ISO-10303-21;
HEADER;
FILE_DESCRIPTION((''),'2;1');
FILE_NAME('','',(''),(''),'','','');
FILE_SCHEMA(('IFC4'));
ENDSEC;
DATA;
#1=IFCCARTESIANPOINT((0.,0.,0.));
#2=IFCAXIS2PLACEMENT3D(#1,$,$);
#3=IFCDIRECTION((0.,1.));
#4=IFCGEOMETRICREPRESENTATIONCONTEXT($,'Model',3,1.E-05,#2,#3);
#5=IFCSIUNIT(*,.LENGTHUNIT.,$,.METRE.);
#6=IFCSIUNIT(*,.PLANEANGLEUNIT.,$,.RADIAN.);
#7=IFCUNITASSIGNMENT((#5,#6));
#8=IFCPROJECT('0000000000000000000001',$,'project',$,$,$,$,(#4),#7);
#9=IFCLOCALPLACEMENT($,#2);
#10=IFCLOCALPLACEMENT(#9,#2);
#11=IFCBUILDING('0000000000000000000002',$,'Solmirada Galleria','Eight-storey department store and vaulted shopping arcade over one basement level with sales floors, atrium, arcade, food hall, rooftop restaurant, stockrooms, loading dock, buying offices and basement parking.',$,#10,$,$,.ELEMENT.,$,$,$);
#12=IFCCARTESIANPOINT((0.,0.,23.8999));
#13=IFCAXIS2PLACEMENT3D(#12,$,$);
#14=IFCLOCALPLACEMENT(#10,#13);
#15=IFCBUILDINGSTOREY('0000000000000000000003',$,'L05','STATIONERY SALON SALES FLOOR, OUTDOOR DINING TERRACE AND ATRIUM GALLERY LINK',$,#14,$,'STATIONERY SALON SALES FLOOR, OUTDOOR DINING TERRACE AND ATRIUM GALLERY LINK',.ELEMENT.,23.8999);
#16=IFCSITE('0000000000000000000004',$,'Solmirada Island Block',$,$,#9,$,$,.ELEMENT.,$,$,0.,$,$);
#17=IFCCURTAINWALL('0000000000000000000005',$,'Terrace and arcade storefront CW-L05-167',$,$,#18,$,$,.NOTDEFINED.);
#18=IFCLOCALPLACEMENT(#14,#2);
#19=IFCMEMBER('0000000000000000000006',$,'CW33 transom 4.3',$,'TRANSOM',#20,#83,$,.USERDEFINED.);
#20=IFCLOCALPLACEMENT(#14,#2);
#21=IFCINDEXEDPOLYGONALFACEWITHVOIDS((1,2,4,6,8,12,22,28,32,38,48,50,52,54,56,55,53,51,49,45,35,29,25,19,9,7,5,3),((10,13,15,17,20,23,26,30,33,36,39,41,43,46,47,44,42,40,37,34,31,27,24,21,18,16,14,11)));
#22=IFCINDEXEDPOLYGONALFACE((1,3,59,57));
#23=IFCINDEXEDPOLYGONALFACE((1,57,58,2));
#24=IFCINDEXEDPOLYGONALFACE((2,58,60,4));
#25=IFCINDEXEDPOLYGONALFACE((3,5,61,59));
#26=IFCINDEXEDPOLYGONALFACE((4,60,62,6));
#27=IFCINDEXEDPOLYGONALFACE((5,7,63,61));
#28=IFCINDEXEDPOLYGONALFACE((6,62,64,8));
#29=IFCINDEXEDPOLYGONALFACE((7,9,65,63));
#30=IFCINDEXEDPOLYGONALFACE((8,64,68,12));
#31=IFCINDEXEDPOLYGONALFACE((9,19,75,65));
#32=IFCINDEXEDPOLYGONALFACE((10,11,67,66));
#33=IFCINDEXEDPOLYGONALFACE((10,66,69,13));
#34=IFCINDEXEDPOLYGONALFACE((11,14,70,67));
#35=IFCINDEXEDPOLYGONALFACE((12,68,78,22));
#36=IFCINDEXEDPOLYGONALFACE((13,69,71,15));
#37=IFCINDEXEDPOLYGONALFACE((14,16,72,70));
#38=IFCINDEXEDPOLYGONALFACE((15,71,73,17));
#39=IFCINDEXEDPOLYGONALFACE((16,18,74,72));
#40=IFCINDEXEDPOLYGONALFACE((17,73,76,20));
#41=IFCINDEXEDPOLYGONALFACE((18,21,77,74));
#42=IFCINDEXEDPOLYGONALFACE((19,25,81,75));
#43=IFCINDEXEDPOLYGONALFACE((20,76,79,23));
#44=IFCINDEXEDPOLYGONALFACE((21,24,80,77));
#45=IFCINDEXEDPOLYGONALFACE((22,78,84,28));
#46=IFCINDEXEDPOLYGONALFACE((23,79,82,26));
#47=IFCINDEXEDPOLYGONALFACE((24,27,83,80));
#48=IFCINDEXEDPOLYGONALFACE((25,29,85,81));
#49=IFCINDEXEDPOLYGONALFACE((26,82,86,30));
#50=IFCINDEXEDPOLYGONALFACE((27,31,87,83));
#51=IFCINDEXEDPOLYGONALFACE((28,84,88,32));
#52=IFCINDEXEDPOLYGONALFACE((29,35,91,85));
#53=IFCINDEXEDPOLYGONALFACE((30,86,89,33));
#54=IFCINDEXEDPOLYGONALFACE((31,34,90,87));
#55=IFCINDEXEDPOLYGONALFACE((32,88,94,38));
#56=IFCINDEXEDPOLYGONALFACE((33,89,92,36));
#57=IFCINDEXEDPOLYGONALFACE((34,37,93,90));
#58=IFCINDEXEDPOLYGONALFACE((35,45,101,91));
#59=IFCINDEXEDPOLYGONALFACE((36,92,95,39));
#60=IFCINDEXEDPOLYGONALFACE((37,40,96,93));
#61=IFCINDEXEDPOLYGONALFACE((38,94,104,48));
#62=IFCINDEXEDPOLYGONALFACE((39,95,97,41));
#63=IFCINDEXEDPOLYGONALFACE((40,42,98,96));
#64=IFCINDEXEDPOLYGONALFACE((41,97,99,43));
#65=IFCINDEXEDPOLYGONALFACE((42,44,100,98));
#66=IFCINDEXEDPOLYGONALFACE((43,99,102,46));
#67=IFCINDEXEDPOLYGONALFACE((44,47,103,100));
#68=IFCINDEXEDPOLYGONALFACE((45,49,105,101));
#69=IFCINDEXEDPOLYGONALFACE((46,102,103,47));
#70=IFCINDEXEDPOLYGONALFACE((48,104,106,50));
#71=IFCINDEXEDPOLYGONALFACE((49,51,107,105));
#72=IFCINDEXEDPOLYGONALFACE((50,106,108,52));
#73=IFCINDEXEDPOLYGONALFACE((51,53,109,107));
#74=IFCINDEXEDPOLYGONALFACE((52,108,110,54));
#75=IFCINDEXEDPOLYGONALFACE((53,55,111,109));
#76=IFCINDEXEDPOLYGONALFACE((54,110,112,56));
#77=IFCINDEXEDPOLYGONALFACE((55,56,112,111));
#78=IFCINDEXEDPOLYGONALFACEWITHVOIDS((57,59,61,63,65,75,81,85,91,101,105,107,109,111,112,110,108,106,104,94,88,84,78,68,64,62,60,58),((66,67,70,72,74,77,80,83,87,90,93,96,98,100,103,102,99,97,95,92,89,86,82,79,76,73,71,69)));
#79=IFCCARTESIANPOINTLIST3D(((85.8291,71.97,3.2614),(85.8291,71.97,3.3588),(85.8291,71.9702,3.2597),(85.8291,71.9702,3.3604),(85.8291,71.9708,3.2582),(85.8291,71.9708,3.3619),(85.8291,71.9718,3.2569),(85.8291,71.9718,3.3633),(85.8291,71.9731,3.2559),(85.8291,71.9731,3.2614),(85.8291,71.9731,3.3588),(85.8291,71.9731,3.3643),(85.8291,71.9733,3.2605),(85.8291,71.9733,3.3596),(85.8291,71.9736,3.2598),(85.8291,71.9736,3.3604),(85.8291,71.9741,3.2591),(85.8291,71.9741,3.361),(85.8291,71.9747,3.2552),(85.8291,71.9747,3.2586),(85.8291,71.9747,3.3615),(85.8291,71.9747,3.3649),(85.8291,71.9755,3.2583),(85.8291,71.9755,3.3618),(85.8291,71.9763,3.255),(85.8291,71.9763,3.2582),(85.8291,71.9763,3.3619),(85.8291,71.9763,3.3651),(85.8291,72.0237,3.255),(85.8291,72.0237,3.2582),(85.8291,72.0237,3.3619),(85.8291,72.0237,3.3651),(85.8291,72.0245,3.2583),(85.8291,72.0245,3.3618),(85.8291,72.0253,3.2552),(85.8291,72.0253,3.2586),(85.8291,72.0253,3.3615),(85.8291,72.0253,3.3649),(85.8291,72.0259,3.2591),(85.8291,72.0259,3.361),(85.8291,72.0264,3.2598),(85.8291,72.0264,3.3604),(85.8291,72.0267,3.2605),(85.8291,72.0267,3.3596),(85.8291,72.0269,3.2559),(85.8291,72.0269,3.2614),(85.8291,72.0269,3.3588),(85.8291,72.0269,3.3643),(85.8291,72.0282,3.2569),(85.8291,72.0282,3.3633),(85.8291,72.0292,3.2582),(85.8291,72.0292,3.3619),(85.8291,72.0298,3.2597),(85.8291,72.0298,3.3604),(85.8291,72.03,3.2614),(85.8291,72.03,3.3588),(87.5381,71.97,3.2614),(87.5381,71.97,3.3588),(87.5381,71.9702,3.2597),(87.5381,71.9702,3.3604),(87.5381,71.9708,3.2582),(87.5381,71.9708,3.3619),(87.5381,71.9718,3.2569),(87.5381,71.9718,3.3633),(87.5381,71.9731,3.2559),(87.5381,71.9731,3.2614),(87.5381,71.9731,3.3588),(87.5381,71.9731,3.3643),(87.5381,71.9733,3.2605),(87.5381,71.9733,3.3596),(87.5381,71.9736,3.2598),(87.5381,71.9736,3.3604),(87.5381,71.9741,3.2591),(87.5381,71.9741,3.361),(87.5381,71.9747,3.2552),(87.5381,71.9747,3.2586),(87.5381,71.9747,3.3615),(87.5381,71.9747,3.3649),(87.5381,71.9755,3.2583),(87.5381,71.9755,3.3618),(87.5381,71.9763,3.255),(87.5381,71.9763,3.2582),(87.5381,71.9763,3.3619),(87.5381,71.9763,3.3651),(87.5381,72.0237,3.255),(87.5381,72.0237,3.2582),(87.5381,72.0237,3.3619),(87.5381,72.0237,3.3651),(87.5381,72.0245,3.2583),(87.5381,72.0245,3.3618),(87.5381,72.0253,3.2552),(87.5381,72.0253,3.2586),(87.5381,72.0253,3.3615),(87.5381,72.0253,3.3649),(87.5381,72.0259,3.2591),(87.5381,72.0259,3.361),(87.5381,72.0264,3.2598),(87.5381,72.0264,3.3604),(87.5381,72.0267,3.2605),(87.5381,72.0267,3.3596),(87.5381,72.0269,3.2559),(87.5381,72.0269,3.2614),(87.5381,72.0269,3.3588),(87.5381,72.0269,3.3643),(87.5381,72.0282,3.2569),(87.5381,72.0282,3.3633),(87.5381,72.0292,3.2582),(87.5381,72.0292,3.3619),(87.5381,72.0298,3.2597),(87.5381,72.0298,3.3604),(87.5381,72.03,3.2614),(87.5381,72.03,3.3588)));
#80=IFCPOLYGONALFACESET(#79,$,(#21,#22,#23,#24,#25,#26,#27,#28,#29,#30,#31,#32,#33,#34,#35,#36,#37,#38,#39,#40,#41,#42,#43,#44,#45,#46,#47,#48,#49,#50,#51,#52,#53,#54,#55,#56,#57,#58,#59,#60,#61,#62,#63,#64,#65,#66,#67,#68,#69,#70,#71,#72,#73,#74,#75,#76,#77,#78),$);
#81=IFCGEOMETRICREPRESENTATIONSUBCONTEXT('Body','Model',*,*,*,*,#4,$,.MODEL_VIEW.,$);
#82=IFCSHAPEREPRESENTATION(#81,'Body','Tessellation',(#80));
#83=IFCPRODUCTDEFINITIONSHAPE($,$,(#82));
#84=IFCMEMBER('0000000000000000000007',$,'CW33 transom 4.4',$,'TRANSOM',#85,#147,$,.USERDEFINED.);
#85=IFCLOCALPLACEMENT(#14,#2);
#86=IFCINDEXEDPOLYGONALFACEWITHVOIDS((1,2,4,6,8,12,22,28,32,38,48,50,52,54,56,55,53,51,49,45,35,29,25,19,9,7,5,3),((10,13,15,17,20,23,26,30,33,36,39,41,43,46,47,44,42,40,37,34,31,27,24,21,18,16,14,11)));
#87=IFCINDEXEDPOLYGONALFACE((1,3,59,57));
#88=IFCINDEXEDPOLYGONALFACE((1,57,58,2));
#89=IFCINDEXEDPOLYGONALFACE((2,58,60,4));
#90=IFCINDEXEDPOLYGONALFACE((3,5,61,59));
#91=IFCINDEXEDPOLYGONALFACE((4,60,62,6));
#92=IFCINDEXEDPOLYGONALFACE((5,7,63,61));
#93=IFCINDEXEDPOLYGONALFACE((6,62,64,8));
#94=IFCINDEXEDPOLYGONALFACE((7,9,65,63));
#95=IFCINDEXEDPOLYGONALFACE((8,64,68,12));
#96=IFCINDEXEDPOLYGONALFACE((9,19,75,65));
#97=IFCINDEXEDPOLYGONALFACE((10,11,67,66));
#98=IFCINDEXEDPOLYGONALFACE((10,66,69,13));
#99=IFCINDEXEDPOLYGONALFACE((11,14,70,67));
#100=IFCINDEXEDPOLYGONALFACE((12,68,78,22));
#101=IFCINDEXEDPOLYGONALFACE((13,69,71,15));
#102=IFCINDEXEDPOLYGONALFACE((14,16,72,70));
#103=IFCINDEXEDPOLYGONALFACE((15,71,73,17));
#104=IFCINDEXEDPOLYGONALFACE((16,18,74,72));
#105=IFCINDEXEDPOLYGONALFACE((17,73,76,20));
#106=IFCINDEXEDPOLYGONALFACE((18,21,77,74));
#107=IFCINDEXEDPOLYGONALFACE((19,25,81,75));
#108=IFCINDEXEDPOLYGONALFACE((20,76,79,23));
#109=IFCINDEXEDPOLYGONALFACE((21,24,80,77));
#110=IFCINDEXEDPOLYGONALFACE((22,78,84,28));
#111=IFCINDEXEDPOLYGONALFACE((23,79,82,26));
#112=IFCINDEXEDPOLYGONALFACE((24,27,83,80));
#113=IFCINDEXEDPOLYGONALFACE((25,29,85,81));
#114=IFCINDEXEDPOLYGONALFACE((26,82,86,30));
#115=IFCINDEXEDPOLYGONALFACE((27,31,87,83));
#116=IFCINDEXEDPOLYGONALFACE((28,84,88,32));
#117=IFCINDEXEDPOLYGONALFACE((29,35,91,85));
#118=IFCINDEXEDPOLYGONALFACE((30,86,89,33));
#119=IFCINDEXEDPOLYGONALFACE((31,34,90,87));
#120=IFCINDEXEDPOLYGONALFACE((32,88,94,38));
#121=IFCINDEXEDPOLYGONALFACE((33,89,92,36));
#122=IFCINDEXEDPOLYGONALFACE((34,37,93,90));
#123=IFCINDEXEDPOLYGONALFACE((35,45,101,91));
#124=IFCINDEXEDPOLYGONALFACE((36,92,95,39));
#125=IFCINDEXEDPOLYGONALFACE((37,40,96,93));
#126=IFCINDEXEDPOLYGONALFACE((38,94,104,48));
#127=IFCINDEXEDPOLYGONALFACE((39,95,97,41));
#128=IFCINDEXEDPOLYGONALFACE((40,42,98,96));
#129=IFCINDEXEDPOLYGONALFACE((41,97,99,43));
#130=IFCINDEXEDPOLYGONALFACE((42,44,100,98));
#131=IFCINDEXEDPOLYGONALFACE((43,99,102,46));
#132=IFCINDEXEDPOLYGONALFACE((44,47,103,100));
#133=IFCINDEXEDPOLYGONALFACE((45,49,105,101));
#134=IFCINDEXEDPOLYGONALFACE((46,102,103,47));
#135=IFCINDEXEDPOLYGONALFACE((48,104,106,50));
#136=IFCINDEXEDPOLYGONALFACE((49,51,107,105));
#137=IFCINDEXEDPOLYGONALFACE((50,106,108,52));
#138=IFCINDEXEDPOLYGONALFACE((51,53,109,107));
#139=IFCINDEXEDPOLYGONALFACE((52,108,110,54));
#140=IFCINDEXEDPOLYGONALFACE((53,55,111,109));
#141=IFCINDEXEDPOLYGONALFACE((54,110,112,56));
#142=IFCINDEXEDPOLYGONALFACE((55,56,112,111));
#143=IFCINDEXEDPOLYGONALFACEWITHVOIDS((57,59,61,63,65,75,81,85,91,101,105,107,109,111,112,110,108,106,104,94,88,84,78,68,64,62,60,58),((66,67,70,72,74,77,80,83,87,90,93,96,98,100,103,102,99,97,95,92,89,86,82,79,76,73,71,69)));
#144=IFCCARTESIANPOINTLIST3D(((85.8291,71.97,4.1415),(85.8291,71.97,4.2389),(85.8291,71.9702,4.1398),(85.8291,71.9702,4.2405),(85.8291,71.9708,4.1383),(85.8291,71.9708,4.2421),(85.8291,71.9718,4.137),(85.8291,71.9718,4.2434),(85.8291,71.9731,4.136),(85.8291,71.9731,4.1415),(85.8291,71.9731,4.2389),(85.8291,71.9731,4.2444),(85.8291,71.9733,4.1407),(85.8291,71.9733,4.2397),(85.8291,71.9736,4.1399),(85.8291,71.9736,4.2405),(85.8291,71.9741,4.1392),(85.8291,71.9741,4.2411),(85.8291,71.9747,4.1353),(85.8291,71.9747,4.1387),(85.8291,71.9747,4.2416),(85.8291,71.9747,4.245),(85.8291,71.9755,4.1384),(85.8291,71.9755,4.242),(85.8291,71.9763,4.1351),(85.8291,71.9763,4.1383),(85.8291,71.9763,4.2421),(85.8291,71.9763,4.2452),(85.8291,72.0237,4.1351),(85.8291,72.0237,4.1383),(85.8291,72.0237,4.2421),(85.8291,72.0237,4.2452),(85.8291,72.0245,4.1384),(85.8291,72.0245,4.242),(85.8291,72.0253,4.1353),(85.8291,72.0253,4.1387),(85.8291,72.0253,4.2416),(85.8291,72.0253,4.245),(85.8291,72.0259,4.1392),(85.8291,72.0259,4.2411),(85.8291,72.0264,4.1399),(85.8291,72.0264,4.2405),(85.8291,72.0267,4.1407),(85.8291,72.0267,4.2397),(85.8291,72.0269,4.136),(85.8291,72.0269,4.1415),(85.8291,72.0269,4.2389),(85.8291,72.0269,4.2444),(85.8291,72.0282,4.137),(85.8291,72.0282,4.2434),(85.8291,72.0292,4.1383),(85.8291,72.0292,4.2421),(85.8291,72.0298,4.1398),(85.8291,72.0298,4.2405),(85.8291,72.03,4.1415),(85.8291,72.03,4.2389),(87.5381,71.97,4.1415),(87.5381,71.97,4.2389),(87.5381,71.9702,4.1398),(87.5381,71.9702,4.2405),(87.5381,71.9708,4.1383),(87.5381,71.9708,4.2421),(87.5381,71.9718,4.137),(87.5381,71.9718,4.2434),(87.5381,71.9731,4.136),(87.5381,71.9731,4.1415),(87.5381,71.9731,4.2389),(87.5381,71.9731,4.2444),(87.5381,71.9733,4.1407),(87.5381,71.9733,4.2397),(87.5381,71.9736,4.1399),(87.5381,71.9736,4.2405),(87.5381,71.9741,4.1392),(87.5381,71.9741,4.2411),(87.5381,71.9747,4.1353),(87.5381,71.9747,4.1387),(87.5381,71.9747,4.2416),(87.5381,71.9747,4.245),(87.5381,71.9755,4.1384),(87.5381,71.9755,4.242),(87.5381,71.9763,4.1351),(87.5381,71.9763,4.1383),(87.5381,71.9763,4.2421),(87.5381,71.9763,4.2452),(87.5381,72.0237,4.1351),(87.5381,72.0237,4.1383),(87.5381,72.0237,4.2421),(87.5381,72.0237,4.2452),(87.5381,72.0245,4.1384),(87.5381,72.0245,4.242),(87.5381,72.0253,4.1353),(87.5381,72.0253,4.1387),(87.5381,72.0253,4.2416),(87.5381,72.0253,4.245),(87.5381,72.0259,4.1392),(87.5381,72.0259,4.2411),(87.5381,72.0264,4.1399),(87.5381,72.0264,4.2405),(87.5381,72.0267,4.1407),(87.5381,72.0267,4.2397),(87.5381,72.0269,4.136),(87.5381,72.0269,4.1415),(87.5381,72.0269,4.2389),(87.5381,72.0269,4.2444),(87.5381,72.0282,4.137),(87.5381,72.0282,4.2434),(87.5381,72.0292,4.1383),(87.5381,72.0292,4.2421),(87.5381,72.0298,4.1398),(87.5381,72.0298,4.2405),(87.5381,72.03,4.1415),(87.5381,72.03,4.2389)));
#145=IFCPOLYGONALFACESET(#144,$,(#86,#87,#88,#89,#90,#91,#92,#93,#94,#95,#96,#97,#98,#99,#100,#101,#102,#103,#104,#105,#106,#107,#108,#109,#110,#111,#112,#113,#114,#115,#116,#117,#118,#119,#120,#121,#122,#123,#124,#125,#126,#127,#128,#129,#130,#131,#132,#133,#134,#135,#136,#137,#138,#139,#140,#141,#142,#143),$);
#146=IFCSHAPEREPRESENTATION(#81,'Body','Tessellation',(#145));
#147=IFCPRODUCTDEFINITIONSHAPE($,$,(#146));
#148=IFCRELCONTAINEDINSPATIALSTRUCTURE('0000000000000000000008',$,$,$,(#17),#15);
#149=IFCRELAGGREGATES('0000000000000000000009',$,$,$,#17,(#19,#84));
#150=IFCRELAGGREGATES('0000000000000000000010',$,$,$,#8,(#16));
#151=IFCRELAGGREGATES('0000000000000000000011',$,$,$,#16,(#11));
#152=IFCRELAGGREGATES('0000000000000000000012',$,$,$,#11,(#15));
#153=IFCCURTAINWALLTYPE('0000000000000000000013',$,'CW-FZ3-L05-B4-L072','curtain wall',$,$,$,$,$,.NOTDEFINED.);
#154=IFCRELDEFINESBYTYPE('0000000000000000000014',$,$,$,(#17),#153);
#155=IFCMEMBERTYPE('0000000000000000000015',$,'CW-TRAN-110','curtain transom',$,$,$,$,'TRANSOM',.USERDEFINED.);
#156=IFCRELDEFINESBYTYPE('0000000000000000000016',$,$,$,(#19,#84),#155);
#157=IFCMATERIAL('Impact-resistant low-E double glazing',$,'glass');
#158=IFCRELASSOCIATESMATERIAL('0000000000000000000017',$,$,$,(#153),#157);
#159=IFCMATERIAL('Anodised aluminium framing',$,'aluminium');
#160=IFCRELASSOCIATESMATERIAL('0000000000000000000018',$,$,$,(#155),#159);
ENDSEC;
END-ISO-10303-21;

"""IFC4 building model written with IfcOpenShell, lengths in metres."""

from ifc_helpers import new_model, si_unit, direction, frame, origin, origin_2d, place, context, subcontext, project, spatial, hollow_rectangle, extrude, material, material_profile, profile_set, type_object, element, aggregate, save


model = new_model("IFC4")

# Units and contexts
model_context = context("Model", 3, precision=1e-05, world=origin(), true_north=direction((0.0, 1.0)))
body_context = subcontext(model_context, "Body", "Model", "MODEL_VIEW")
ifc_project = project(units=[si_unit("LENGTHUNIT", "METRE"), si_unit("PLANEANGLEUNIT", "RADIAN")], contexts=[model_context])

# Site, building, storey
site_placement = place(None, origin())
site = spatial("IfcSite", under=ifc_project, at=site_placement, Name="Solmirada Island Block", CompositionType="ELEMENT", RefElevation=0.0)
building_placement = place(site_placement, origin())
building = spatial("IfcBuilding", under=site, at=building_placement, Name="Solmirada Galleria", Description="Eight-storey department store and vaulted shopping arcade over one basement level with sales floors, atrium, arcade, food hall, rooftop restaurant, stockrooms, loading dock, buying offices and basement parking.", CompositionType="ELEMENT")
storey_placement = place(building_placement, frame((0.0, 0.0, 23.8999)))
storey = spatial("IfcBuildingStorey", under=building, at=storey_placement, Name="L05", Description="STATIONERY SALON SALES FLOOR, OUTDOOR DINING TERRACE AND ATRIUM GALLERY LINK", LongName="STATIONERY SALON SALES FLOOR, OUTDOOR DINING TERRACE AND ATRIUM GALLERY LINK", CompositionType="ELEMENT", Elevation=23.8999)

# Curtain wall
ifc_material_1 = material(Name="Impact-resistant low-E double glazing", Category="glass")
curtain_wall_type_1 = type_object("IfcCurtainWallType", Name="CW-FZ3-L05-B4-L072", Description="curtain wall", PredefinedType="NOTDEFINED", material=ifc_material_1)
curtain_wall_1_placement = place(storey_placement, origin())
curtain_wall_1 = element("IfcCurtainWall", 1, at=curtain_wall_1_placement, inside=storey, type_object=curtain_wall_type_1, Name="Terrace and arcade storefront CW-L05-167", PredefinedType="NOTDEFINED")
ifc_material_2 = material(Name="Anodised aluminium framing", Category="aluminium")

# Members
ifc_material_profile_1 = material_profile(ifc_material_2, hollow_rectangle(XDim=0.0601, YDim=0.1101, WallThickness=0.0032, InnerFilletRadius=0.0032, OuterFilletRadius=0.0063, at=origin_2d()), Name="ALU-TRAN-110X60")
ifc_profile_set_1 = profile_set([ifc_material_profile_1], Name="Anodised aluminium framing")
member_type_1 = type_object("IfcMemberType", Name="CW-TRAN-110", Description="curtain transom", ElementType="TRANSOM", PredefinedType="USERDEFINED", material=ifc_profile_set_1)
member_1_placement = place(storey_placement, frame((85.8291, 72.0, 3.3101), z_axis=(1.0, 0.0, 0.0), x_axis=(0.0, 1.0, 0.0)))
member_1 = element("IfcMember", 2, at=member_1_placement, type_object=member_type_1, Name="CW33 transom 4.3", ObjectType="TRANSOM", PredefinedType="USERDEFINED", context=body_context, shape_type="SweptSolid", body=[
    extrude(hollow_rectangle(XDim=0.0601, YDim=0.1101, WallThickness=0.0032, InnerFilletRadius=0.0032, OuterFilletRadius=0.0063, at=origin_2d()), origin(), (0.0, 0.0, 1.0), 1.709),
])
member_2_placement = place(storey_placement, frame((85.8291, 72.0, 4.1902), z_axis=(1.0, 0.0, 0.0), x_axis=(0.0, 1.0, 0.0)))
member_2 = element("IfcMember", 3, at=member_2_placement, type_object=member_type_1, Name="CW33 transom 4.4", ObjectType="TRANSOM", PredefinedType="USERDEFINED", context=body_context, shape_type="SweptSolid", body=[
    extrude(hollow_rectangle(XDim=0.0601, YDim=0.1101, WallThickness=0.0032, InnerFilletRadius=0.0032, OuterFilletRadius=0.0063, at=origin_2d()), origin(), (0.0, 0.0, 1.0), 1.709),
])

aggregate(curtain_wall_1, [member_1, member_2])

save(model, "model.ifc")
